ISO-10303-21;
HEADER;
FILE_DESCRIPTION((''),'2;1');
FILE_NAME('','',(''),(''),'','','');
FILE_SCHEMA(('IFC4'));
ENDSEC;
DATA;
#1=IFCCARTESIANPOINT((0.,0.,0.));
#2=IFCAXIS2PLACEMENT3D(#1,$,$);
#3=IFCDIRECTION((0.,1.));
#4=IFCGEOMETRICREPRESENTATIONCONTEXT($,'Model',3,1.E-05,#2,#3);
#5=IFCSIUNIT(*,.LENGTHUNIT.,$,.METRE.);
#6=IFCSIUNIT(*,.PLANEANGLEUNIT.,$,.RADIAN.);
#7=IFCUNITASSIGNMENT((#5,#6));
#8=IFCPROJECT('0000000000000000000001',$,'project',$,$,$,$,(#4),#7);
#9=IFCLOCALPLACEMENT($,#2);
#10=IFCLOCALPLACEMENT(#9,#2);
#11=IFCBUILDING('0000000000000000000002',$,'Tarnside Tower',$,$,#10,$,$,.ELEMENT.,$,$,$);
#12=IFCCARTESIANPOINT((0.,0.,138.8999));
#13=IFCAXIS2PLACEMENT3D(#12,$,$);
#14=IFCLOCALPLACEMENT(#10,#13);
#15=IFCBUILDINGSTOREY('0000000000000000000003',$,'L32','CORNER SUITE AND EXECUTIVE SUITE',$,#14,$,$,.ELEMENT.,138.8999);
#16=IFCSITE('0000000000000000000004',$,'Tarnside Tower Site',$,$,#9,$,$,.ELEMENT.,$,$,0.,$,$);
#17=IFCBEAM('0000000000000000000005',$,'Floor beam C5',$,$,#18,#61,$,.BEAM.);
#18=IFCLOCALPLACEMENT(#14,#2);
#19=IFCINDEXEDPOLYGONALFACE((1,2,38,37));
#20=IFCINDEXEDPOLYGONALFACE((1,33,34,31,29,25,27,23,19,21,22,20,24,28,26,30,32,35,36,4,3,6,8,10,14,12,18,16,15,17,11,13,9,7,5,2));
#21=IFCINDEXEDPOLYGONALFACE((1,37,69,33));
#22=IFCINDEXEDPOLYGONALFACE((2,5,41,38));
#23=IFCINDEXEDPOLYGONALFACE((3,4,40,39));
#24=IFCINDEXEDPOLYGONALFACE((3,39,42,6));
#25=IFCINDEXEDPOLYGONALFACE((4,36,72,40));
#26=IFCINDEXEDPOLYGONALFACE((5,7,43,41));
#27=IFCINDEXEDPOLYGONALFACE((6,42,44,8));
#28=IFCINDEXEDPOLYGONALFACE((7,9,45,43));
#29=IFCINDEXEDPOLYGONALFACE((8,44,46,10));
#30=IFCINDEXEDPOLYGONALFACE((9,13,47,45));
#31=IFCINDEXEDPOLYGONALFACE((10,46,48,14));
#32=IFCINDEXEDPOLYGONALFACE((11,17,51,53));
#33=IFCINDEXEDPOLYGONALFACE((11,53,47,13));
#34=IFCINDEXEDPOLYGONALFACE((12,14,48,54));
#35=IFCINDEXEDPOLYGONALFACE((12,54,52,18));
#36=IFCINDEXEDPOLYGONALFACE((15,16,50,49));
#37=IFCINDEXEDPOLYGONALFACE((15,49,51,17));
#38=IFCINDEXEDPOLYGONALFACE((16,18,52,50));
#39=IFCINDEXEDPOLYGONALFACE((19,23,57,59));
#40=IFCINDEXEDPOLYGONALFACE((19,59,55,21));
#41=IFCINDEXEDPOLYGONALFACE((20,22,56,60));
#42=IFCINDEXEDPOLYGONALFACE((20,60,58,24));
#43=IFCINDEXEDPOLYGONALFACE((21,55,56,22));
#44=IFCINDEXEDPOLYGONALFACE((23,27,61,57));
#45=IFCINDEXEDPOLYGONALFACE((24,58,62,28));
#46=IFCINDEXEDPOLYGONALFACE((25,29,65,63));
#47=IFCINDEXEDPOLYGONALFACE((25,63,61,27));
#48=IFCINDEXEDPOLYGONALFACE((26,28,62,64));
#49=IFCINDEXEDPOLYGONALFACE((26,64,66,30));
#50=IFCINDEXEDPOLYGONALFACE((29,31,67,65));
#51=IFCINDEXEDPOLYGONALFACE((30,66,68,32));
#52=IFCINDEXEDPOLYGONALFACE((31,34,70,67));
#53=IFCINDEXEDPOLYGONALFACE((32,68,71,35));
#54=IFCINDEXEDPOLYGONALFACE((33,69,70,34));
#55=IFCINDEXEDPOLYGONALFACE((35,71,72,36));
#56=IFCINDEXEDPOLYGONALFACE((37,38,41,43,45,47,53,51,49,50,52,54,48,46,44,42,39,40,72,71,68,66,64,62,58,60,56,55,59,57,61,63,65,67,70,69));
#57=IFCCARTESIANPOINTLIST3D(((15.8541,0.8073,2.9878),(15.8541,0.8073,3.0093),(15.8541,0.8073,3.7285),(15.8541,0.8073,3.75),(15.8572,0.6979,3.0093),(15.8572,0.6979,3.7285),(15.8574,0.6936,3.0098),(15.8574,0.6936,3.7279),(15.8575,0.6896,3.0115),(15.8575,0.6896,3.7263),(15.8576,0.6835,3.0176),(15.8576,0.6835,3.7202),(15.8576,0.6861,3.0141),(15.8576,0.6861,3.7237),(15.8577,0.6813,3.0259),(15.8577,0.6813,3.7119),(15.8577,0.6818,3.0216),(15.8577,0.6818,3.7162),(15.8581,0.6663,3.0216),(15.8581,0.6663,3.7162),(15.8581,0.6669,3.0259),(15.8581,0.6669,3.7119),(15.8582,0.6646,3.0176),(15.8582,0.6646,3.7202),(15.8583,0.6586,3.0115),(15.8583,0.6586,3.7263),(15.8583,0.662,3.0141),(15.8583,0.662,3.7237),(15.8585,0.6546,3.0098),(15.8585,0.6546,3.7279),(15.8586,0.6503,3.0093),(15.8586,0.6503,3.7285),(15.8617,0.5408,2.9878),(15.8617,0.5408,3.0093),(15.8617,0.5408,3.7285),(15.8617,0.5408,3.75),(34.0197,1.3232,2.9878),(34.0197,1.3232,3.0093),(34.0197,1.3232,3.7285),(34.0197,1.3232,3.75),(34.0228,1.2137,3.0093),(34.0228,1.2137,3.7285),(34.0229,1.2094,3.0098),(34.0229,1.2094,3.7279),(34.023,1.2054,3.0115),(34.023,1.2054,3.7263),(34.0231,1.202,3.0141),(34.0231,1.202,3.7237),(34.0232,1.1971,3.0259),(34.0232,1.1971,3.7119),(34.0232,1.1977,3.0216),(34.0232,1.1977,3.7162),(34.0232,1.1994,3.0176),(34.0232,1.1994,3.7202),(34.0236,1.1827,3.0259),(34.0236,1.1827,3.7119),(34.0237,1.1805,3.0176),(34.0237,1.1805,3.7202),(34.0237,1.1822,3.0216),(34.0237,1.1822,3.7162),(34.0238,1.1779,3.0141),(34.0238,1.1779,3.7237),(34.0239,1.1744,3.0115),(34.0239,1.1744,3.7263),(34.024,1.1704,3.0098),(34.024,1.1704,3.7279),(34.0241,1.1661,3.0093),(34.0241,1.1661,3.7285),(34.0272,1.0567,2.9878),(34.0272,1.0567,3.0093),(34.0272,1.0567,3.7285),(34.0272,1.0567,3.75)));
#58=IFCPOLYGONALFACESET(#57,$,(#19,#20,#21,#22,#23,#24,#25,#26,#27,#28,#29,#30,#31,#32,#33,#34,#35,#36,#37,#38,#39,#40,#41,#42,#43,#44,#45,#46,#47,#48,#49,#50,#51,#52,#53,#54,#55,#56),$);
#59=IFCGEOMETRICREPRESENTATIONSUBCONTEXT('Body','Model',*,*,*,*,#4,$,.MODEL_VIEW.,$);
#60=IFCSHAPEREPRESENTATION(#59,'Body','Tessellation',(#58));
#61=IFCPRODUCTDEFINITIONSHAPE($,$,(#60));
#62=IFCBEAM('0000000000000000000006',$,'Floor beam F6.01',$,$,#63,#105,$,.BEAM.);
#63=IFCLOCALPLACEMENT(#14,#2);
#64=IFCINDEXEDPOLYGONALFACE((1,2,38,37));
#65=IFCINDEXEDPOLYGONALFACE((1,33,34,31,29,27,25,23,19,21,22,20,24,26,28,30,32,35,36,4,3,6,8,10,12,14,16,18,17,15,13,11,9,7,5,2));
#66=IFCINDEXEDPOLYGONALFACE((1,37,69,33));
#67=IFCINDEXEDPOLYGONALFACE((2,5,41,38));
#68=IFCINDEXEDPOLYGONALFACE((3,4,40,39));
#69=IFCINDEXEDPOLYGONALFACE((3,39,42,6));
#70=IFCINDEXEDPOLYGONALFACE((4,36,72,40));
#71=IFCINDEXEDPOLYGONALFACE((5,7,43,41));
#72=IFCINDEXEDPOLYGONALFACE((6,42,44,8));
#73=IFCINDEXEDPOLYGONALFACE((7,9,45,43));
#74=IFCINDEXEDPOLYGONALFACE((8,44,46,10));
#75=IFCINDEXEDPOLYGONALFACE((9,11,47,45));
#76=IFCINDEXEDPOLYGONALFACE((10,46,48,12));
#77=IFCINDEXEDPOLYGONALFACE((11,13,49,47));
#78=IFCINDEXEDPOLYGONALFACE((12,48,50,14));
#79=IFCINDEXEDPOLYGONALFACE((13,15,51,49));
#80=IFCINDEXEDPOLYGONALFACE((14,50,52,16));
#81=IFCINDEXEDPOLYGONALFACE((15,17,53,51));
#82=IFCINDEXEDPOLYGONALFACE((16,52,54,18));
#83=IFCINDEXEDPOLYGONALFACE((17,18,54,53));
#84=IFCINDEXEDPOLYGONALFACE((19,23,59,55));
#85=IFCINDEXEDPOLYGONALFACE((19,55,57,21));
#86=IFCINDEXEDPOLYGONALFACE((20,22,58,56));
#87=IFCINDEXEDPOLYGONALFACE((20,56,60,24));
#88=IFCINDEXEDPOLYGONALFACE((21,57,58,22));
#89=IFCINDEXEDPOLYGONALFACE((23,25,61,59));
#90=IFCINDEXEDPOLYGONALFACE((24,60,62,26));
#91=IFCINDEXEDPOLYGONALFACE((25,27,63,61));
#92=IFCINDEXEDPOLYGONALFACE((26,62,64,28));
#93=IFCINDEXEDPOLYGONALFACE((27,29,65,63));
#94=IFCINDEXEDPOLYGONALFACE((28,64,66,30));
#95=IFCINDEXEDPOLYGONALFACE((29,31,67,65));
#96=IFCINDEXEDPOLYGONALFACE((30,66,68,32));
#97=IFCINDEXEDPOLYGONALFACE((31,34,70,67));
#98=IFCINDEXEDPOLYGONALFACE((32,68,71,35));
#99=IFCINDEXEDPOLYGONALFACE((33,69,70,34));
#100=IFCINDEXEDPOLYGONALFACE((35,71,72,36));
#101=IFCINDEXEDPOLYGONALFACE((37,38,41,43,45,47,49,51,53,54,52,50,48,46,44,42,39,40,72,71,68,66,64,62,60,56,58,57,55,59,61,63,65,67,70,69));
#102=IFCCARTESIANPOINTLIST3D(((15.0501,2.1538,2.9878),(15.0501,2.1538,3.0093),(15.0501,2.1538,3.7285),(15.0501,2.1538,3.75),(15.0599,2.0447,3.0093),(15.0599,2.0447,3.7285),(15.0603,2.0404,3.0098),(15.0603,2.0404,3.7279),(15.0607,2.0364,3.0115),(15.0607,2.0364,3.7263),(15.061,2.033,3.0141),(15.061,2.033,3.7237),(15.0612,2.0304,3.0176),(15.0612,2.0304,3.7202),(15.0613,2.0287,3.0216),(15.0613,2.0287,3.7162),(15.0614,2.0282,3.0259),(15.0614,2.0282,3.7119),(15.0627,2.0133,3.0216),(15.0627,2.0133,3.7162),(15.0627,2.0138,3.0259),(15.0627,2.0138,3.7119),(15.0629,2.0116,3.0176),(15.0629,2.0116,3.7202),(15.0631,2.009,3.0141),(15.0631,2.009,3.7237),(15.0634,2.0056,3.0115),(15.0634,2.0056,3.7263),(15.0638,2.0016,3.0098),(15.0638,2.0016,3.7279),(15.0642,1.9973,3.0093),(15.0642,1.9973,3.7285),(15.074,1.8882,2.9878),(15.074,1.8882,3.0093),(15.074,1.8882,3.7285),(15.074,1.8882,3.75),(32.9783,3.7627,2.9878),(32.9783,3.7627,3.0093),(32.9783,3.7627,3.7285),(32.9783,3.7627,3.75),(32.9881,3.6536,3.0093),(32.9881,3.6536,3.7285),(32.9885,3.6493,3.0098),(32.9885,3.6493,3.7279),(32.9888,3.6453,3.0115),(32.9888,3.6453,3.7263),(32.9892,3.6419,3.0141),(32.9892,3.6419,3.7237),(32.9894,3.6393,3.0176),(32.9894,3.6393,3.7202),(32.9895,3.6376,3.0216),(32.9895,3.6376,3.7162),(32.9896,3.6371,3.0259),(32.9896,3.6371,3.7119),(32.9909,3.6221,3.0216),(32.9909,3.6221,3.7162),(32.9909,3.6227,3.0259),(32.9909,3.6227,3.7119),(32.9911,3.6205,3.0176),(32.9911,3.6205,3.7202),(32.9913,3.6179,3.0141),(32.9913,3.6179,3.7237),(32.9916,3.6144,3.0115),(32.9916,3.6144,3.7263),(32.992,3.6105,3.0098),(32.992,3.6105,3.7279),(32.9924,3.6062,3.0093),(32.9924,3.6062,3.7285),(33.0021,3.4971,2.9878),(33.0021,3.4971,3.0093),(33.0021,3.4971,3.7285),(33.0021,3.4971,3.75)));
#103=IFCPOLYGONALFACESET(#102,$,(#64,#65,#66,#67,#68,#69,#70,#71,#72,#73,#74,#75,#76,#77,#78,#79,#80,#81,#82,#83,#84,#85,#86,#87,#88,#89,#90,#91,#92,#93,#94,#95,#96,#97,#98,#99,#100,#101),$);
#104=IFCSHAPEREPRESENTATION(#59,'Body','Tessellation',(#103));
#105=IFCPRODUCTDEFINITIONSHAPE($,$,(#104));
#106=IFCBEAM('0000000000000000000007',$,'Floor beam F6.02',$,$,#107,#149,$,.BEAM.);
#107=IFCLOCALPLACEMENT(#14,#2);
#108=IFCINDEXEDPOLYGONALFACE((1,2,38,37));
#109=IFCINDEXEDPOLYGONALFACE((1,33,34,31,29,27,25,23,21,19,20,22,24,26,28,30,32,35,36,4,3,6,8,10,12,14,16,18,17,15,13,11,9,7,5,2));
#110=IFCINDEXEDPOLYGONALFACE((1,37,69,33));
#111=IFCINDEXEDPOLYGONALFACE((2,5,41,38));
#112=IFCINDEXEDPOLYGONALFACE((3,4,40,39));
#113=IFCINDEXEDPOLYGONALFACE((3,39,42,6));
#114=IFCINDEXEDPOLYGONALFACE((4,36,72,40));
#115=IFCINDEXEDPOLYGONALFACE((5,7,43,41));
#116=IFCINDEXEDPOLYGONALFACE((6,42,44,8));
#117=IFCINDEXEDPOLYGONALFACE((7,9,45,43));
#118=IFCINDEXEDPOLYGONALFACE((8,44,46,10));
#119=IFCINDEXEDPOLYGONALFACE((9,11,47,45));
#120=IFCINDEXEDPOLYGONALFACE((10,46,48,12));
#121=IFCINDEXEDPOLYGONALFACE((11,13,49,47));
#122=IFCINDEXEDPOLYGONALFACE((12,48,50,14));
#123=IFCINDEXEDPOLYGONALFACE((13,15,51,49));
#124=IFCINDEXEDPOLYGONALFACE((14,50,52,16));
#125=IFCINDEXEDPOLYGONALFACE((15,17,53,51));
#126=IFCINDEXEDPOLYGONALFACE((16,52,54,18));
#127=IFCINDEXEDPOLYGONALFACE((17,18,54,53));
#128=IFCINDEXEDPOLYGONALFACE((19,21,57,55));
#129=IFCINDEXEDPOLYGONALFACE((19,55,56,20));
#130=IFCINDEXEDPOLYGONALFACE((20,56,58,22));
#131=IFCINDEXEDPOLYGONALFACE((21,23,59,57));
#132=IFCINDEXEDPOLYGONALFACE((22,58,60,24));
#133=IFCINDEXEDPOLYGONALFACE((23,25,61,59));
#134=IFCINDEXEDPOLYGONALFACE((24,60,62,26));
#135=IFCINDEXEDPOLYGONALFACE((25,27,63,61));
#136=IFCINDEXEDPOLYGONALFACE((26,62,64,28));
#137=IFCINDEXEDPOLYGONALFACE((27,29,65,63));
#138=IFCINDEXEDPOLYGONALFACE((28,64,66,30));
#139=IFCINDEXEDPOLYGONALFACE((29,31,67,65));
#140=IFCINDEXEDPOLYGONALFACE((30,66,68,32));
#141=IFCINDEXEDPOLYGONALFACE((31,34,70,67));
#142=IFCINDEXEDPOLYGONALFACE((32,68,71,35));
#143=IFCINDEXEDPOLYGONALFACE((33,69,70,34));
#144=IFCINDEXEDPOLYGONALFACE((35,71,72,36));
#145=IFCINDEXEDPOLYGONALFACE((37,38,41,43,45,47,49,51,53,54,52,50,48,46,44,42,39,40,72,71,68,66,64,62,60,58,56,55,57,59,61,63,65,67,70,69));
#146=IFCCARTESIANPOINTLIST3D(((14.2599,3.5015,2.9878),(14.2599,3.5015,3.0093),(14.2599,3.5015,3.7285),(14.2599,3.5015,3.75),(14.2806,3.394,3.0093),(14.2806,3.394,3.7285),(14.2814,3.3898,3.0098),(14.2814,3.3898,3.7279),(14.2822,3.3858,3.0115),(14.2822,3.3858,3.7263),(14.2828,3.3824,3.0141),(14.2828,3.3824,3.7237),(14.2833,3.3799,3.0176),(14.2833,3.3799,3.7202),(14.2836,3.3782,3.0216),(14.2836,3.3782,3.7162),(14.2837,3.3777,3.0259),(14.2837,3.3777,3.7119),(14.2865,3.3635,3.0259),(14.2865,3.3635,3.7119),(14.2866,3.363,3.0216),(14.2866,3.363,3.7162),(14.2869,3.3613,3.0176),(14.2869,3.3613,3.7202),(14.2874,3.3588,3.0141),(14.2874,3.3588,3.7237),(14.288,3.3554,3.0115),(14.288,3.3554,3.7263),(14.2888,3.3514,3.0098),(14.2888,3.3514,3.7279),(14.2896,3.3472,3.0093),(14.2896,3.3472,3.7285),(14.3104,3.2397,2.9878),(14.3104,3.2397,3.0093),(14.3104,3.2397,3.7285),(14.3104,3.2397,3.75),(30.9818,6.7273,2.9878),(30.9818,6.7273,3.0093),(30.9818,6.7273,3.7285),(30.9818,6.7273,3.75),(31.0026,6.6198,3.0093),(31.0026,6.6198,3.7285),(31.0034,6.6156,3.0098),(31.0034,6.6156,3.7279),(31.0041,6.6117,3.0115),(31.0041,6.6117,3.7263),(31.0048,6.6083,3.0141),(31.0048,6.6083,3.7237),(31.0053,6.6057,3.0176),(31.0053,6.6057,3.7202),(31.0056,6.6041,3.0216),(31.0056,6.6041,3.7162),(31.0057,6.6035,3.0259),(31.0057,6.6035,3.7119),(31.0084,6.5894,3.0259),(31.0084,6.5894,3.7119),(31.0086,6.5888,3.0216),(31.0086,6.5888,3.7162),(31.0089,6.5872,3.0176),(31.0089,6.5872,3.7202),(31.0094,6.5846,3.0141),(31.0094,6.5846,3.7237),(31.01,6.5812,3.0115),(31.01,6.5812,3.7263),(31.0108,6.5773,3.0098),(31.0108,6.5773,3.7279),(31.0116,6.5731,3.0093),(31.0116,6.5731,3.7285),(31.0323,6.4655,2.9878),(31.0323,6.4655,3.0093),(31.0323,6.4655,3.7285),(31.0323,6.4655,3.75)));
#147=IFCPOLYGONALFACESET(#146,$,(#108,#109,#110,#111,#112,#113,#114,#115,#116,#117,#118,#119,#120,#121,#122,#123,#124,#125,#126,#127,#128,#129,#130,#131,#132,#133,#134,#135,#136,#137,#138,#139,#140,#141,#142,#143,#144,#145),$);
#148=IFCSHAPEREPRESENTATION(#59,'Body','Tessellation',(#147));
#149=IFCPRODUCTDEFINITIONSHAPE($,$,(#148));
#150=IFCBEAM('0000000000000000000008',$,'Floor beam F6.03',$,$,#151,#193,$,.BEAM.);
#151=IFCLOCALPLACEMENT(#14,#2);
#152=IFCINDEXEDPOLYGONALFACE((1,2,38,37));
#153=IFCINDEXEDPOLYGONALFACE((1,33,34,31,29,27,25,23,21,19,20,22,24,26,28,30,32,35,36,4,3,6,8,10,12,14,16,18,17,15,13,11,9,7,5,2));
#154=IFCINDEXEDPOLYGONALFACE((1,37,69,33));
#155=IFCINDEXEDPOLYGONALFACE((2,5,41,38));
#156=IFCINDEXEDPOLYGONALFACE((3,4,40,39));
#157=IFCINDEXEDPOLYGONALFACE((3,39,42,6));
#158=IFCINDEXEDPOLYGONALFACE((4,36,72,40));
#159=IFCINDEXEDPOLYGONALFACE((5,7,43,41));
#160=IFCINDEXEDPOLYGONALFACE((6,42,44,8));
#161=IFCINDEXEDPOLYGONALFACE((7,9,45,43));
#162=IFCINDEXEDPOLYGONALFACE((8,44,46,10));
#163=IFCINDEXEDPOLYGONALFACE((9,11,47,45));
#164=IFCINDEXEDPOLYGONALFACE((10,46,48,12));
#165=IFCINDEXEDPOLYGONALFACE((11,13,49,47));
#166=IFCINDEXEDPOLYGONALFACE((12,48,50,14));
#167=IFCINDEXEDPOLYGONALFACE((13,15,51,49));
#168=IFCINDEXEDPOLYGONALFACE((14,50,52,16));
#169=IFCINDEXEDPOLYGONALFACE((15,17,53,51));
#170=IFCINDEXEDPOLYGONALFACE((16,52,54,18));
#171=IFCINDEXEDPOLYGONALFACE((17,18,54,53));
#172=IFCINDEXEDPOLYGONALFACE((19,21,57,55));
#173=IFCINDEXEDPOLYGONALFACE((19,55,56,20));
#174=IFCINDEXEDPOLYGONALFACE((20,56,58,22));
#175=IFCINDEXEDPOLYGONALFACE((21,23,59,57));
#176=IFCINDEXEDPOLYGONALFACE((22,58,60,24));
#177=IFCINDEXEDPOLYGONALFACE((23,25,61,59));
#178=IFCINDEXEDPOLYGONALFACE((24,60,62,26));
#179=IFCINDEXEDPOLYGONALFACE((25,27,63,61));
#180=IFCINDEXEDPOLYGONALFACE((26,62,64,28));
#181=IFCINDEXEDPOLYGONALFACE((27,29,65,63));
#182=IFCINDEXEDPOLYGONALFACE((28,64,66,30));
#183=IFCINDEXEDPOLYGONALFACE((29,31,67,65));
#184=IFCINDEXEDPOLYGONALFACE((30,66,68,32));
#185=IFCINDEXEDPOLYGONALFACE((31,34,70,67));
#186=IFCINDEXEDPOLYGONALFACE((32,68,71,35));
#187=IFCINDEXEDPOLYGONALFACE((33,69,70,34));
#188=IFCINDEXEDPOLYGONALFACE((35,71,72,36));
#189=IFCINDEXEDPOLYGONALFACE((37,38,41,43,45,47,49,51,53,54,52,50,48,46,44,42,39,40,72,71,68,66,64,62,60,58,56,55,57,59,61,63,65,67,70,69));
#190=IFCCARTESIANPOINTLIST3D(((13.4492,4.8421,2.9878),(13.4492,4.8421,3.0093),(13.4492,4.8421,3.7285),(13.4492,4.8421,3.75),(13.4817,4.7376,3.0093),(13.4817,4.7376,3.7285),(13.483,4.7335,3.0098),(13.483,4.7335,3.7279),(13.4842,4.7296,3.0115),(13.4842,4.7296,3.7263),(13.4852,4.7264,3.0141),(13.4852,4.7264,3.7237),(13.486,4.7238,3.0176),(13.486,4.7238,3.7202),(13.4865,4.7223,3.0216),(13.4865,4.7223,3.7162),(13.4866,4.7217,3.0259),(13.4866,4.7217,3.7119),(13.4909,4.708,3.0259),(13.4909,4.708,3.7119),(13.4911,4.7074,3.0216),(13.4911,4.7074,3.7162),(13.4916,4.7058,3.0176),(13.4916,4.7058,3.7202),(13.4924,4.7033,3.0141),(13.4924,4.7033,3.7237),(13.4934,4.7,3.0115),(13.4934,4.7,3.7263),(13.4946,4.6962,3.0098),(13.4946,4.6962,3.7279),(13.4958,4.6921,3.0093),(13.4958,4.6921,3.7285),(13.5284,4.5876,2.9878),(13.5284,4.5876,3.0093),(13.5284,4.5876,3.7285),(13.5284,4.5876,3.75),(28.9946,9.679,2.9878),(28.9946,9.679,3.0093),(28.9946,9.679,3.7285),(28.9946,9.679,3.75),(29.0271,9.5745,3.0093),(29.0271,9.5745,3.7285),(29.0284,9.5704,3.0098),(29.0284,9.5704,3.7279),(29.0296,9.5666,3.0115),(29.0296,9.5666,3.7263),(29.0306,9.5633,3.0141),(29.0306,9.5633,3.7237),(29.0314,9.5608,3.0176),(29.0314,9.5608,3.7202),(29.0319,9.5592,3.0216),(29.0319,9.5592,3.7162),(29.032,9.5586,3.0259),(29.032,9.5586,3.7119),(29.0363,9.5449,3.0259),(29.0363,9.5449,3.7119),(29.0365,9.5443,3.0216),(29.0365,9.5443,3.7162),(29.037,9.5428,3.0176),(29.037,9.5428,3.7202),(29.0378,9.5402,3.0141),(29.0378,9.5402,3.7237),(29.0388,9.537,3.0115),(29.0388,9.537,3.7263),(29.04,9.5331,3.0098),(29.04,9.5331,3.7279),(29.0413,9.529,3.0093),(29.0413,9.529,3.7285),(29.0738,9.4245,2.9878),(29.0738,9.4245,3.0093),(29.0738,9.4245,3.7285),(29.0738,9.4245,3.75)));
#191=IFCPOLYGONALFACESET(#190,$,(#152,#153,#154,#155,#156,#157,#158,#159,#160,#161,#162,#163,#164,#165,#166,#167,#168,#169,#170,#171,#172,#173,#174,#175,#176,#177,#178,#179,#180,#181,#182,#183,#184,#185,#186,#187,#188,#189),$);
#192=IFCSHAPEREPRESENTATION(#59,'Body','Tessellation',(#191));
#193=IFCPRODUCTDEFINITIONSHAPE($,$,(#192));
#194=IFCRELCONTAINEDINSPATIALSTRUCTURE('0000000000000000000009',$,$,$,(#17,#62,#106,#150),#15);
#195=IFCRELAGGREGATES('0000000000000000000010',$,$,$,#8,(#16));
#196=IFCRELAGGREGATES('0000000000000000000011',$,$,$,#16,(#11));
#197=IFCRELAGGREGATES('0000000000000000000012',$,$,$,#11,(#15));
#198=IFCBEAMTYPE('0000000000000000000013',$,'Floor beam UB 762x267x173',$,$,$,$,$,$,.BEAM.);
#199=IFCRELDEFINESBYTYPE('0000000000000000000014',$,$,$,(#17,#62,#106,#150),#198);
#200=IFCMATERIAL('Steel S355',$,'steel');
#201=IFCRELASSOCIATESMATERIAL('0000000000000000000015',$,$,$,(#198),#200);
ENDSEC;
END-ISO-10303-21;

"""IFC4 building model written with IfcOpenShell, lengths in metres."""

from ifc_helpers import new_model, si_unit, direction, frame, origin, origin_2d, place, context, subcontext, project, spatial, i_section, extrude, material, material_profile, profile_set, type_object, element, save


model = new_model("IFC4")

# Units and contexts
model_context = context("Model", 3, precision=1e-05, world=origin(), true_north=direction((0.0, 1.0)))
body_context = subcontext(model_context, "Body", "Model", "MODEL_VIEW")
ifc_project = project(units=[si_unit("LENGTHUNIT", "METRE"), si_unit("PLANEANGLEUNIT", "RADIAN")], contexts=[model_context])

# Site, building, storey
site_placement = place(None, origin())
site = spatial("IfcSite", under=ifc_project, at=site_placement, Name="Tarnside Tower Site", CompositionType="ELEMENT", RefElevation=0.0)
building_placement = place(site_placement, origin())
building = spatial("IfcBuilding", under=site, at=building_placement, Name="Tarnside Tower", CompositionType="ELEMENT")
storey_placement = place(building_placement, frame((0.0, 0.0, 138.8999)))
storey = spatial("IfcBuildingStorey", under=building, at=storey_placement, Name="L32", Description="CORNER SUITE AND EXECUTIVE SUITE", CompositionType="ELEMENT", Elevation=138.8999)

# Beams
ifc_material_1 = material(Name="Steel S355", Category="steel")
ifc_material_profile = material_profile(ifc_material_1, i_section(OverallWidth=0.2666, OverallDepth=0.7622, WebThickness=0.0144, FlangeThickness=0.0215, FilletRadius=0.0166, at=origin_2d()), Name="UB 762x267x173")
ifc_profile_set = profile_set([ifc_material_profile], Name="Steel S355")
beam_type = type_object("IfcBeamType", Name="Floor beam UB 762x267x173", PredefinedType="BEAM", material=ifc_profile_set)
beam_1_placement = place(storey_placement, frame((34.0234, 1.1899, 3.3689), z_axis=(-0.999597, -0.028387, 0.0), x_axis=(0.028387, -0.999597, 0.0)))
element("IfcBeam", 1, at=beam_1_placement, inside=storey, type_object=beam_type, Name="Floor beam C5", PredefinedType="BEAM", context=body_context, shape_type="SweptSolid", body=[
    extrude(i_section(OverallWidth=0.2666, OverallDepth=0.7622, WebThickness=0.0144, FlangeThickness=0.0215, FilletRadius=0.0166, at=origin_2d()), origin(), (0.0, 0.0, 1.0), 18.1729),
])
beam_2_placement = place(storey_placement, frame((32.9902, 3.6299, 3.3689), z_axis=(-0.995997, -0.089381, 0.0), x_axis=(0.089381, -0.995997, 0.0)))
element("IfcBeam", 2, at=beam_2_placement, inside=storey, type_object=beam_type, Name="Floor beam F6.01", PredefinedType="BEAM", context=body_context, shape_type="SweptSolid", body=[
    extrude(i_section(OverallWidth=0.2666, OverallDepth=0.7622, WebThickness=0.0144, FlangeThickness=0.0215, FilletRadius=0.0166, at=origin_2d()), origin(), (0.0, 0.0, 1.0), 18.0002),
])
beam_3_placement = place(storey_placement, frame((31.0071, 6.5964, 3.3689), z_axis=(-0.981897, -0.189418, 0.0), x_axis=(0.189418, -0.981897, 0.0)))
element("IfcBeam", 3, at=beam_3_placement, inside=storey, type_object=beam_type, Name="Floor beam F6.02", PredefinedType="BEAM", context=body_context, shape_type="SweptSolid", body=[
    extrude(i_section(OverallWidth=0.2666, OverallDepth=0.7622, WebThickness=0.0144, FlangeThickness=0.0215, FilletRadius=0.0166, at=origin_2d()), origin(), (0.0, 0.0, 1.0), 17.0303),
])
beam_4_placement = place(storey_placement, frame((29.0342, 9.5518, 3.3689), z_axis=(-0.954847, -0.297098, 0.0), x_axis=(0.297098, -0.954847, 0.0)))
element("IfcBeam", 4, at=beam_4_placement, inside=storey, type_object=beam_type, Name="Floor beam F6.03", PredefinedType="BEAM", context=body_context, shape_type="SweptSolid", body=[
    extrude(i_section(OverallWidth=0.2666, OverallDepth=0.7622, WebThickness=0.0144, FlangeThickness=0.0215, FilletRadius=0.0166, at=origin_2d()), origin(), (0.0, 0.0, 1.0), 16.2805),
])

save(model, "model.ifc")
